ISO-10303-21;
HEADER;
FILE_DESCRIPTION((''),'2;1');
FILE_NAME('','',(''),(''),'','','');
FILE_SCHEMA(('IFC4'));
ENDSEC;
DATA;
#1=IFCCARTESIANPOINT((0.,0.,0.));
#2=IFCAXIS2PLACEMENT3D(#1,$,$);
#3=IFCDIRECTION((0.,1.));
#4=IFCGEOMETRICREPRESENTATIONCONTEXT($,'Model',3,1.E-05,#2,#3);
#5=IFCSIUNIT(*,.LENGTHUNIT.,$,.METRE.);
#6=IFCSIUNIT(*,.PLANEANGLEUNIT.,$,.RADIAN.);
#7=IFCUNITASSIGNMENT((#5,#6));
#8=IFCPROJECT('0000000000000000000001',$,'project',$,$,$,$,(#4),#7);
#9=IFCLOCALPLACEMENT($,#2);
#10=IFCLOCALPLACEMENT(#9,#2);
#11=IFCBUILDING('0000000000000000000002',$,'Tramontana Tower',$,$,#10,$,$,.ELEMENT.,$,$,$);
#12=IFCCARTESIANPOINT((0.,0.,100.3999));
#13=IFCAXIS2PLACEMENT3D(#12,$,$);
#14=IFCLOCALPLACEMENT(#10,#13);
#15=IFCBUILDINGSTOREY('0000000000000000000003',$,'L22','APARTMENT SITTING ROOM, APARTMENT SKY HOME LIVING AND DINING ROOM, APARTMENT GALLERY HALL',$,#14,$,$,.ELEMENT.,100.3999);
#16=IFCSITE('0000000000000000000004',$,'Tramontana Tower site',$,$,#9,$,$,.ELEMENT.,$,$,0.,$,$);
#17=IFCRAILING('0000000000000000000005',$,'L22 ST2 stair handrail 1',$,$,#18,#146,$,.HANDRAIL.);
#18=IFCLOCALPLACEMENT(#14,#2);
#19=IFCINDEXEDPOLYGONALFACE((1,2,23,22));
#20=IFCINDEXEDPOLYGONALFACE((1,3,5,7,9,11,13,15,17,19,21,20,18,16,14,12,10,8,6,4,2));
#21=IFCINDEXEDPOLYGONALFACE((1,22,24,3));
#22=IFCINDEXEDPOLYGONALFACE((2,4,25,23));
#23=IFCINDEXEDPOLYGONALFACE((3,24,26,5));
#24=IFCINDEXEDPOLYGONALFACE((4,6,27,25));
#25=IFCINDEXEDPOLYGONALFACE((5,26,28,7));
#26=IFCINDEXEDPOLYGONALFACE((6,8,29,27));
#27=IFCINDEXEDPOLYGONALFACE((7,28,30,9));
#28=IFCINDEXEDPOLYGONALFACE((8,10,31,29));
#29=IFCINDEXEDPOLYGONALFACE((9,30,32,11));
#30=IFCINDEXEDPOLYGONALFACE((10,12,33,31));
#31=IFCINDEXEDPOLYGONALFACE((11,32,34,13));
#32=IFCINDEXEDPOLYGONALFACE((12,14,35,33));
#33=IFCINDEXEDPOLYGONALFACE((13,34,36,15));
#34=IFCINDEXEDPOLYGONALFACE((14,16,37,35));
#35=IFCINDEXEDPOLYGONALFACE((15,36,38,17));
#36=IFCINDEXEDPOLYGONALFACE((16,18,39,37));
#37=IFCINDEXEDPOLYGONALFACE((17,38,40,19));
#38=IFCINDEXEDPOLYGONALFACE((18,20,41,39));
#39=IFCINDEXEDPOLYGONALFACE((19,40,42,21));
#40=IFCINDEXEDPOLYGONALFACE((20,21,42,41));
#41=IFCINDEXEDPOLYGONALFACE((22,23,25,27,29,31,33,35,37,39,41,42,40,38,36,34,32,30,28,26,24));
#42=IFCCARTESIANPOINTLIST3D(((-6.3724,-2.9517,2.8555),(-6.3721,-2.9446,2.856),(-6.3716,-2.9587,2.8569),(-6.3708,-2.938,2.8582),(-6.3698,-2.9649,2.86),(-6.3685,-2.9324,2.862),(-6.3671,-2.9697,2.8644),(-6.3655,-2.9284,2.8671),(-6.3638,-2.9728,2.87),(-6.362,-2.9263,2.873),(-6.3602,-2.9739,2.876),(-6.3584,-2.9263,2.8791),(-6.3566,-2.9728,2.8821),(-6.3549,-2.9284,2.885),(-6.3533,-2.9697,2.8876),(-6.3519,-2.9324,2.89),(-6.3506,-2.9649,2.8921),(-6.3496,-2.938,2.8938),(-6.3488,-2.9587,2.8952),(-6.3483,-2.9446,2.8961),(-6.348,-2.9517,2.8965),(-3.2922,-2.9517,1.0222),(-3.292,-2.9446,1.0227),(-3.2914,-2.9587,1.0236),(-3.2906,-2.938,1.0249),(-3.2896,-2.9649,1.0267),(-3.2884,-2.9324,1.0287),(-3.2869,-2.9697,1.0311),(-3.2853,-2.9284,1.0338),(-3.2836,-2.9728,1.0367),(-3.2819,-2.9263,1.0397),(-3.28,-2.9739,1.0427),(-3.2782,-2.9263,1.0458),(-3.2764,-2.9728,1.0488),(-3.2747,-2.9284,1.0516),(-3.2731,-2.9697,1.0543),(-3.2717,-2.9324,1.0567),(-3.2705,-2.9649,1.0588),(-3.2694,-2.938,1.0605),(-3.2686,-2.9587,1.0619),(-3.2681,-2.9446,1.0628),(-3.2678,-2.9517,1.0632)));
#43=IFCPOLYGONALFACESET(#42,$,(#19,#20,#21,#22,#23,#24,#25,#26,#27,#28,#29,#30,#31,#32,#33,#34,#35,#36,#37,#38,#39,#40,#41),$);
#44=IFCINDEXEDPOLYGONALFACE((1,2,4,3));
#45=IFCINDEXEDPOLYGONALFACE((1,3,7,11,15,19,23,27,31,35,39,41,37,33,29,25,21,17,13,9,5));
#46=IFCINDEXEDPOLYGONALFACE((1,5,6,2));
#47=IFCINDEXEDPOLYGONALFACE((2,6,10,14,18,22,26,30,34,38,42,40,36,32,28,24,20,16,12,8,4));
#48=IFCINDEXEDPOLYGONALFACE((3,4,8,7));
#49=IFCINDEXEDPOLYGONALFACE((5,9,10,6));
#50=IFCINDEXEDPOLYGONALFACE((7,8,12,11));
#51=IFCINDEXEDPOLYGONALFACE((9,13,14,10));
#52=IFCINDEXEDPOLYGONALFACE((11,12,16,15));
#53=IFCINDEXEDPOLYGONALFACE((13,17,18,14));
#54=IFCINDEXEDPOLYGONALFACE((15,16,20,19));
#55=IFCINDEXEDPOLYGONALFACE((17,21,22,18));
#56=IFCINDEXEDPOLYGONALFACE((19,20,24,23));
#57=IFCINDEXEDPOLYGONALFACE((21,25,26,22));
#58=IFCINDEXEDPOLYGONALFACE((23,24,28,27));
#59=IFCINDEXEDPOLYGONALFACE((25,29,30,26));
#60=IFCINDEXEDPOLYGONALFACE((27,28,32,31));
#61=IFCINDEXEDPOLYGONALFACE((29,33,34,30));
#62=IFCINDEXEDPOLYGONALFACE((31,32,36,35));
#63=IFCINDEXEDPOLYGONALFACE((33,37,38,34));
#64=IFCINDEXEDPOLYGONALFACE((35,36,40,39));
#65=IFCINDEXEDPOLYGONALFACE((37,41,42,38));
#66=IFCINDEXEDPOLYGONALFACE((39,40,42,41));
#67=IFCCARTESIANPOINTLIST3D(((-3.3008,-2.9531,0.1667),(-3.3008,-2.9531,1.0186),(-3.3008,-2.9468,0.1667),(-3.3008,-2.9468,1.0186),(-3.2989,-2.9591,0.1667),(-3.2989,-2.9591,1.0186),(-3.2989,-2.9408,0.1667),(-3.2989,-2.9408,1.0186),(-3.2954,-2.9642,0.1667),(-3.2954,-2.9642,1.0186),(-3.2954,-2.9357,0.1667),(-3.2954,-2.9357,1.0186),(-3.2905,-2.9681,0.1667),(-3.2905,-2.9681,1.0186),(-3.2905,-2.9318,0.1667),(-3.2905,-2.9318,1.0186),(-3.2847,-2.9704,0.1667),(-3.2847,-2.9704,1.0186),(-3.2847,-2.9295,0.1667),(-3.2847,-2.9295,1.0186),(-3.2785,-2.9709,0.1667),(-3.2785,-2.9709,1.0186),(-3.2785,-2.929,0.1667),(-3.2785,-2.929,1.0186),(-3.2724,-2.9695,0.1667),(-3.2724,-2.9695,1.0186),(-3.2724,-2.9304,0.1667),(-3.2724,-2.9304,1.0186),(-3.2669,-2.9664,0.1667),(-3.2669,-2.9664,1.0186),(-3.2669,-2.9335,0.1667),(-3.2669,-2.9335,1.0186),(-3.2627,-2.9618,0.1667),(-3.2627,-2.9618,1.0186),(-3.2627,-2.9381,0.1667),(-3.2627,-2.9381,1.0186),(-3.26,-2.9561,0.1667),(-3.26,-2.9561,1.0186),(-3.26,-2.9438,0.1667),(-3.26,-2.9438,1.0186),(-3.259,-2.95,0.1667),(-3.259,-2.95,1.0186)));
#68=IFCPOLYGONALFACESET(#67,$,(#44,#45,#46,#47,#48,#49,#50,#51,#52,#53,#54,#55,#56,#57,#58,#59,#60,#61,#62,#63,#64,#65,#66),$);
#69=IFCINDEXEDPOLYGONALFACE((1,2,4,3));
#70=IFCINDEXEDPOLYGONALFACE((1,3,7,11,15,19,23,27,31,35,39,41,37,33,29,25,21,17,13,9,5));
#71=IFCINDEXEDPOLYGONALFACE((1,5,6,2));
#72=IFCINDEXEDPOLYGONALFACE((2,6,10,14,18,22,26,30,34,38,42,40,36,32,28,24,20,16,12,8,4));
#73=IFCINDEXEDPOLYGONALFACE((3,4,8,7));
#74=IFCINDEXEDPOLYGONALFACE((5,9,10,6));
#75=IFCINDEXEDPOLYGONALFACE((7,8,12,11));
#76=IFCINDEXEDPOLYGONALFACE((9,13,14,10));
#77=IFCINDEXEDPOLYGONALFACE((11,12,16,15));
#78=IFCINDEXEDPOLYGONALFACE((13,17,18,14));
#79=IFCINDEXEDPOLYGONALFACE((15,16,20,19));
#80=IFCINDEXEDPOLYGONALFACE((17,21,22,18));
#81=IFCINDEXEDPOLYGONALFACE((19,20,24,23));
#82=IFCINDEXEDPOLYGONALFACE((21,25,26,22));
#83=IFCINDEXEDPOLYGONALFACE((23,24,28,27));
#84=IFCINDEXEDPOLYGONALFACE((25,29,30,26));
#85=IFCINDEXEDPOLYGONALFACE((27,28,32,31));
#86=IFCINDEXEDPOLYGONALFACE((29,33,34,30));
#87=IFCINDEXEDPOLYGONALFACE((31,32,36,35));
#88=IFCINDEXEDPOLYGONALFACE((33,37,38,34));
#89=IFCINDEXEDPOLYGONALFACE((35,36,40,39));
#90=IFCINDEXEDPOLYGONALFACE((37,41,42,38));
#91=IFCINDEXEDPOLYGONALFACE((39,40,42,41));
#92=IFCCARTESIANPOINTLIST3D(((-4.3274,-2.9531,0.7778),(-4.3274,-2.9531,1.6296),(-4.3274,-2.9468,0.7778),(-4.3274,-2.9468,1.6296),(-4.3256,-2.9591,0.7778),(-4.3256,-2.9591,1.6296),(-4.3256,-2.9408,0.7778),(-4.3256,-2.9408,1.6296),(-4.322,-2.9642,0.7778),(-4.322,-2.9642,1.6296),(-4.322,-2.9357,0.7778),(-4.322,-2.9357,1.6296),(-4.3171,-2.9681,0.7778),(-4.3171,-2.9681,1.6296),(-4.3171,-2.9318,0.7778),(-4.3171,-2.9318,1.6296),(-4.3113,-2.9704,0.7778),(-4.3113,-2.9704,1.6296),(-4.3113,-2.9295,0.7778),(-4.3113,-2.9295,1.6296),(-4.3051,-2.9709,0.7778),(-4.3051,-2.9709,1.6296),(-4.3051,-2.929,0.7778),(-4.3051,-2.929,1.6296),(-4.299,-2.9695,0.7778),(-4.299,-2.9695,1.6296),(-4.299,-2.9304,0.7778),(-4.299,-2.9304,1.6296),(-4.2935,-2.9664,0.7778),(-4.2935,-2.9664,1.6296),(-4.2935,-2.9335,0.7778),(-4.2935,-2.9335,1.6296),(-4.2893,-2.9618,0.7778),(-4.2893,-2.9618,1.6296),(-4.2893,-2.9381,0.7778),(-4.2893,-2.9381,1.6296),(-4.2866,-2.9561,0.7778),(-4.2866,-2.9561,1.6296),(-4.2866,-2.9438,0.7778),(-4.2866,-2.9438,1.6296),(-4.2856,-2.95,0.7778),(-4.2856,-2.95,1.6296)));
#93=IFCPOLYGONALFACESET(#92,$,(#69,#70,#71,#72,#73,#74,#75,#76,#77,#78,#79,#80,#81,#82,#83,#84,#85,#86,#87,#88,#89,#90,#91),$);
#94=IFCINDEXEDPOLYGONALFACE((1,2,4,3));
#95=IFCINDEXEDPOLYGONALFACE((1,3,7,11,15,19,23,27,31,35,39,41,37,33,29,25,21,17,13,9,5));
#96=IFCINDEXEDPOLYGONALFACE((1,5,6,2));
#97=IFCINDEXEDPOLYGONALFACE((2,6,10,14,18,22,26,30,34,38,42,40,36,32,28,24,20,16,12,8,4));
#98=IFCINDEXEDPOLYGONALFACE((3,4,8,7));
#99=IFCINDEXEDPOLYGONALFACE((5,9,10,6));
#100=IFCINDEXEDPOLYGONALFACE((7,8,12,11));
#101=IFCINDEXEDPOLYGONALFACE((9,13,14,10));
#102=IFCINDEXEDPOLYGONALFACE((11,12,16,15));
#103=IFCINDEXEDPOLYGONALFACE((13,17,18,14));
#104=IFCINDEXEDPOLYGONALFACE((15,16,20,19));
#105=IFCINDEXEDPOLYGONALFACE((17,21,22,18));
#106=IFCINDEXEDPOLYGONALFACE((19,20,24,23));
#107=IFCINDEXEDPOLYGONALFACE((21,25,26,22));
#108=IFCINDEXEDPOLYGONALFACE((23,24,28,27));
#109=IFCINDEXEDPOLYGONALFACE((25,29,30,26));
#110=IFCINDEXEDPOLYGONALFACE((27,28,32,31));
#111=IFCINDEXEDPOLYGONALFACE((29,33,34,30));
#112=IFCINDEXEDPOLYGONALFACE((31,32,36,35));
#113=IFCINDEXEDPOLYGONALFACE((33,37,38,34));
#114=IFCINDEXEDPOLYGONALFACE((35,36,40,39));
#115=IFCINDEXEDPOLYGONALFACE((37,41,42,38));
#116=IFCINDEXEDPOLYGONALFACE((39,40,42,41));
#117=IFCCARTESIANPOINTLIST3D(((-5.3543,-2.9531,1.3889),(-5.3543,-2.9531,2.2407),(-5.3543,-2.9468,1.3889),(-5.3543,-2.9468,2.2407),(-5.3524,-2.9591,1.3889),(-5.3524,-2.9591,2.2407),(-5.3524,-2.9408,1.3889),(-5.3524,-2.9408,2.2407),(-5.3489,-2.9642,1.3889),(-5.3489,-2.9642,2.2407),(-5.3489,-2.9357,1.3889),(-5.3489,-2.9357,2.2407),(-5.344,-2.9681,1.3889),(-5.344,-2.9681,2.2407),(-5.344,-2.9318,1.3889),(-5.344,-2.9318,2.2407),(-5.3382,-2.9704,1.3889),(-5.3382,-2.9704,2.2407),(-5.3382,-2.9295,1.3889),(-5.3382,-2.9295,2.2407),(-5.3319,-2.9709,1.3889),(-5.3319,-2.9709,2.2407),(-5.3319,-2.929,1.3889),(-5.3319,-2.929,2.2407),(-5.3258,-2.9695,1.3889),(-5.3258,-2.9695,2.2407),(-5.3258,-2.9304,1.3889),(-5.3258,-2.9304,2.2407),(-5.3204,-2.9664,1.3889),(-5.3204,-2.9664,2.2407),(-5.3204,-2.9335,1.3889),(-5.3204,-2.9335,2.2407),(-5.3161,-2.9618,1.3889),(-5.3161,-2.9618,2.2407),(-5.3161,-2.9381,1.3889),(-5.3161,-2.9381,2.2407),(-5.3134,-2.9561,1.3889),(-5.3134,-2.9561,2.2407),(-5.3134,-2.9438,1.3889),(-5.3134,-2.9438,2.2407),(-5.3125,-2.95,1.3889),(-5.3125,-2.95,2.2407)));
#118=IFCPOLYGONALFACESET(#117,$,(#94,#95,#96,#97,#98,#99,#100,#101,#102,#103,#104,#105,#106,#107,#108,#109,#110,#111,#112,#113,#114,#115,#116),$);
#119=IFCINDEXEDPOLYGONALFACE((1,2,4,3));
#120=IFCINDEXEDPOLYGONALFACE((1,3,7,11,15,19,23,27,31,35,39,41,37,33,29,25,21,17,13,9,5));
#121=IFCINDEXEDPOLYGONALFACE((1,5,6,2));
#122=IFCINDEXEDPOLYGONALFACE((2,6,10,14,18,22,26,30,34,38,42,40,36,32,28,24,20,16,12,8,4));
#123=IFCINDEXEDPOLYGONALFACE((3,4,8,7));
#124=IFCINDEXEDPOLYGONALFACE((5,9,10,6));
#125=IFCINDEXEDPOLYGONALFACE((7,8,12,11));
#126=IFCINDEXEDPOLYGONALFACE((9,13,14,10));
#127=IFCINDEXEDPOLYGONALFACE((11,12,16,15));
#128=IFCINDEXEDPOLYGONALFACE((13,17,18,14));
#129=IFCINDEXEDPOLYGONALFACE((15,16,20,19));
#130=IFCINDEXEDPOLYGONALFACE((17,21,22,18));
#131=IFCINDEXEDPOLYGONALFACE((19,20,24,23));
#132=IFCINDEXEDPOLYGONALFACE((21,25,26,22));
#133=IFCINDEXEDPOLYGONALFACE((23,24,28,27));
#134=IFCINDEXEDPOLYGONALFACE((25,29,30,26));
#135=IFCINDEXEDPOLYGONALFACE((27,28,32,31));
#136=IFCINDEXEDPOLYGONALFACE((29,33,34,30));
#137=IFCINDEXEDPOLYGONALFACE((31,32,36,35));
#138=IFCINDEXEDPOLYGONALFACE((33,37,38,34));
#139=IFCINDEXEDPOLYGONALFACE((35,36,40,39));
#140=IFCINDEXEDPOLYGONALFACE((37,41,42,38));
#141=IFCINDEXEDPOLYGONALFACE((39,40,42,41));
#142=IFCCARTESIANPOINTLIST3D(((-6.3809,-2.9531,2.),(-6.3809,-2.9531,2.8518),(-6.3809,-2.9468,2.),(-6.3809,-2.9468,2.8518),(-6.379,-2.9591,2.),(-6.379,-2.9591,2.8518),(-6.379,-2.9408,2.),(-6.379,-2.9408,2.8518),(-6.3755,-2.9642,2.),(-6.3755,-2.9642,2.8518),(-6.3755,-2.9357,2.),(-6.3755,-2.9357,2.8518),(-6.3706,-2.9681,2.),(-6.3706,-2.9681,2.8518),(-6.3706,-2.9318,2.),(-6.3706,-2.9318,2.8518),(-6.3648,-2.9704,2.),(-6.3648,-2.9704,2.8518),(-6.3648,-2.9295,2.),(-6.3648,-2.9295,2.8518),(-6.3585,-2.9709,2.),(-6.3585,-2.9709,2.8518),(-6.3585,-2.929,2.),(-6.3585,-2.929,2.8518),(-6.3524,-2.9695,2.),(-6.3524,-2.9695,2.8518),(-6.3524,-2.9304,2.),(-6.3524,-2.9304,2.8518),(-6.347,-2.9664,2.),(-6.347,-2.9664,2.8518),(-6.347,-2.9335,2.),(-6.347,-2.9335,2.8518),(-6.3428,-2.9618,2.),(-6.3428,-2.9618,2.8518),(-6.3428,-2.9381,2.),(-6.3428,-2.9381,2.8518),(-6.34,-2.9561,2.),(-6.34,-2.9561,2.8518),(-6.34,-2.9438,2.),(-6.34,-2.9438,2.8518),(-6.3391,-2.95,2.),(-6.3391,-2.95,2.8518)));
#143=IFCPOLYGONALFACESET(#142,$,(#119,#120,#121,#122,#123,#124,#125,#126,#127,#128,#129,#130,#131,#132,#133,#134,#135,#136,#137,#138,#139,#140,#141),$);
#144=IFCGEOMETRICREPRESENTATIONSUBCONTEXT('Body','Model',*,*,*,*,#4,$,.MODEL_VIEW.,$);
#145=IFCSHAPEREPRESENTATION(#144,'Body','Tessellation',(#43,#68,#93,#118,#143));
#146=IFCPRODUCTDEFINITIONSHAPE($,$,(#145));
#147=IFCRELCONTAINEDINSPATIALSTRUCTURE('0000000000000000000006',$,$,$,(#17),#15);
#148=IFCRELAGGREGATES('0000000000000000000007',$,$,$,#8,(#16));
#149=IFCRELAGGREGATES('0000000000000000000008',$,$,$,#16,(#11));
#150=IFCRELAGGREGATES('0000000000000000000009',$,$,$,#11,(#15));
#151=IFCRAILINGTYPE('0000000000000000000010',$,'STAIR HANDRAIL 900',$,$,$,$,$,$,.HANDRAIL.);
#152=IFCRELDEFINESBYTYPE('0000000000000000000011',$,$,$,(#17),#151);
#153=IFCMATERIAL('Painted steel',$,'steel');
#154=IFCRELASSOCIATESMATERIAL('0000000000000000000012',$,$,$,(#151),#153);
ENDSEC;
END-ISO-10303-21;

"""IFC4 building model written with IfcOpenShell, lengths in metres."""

from ifc_helpers import new_model, si_unit, direction, frame, origin, origin_2d, place, context, subcontext, project, spatial, circle, extrude, material, type_object, element, save


model = new_model("IFC4")

# Units and contexts
model_context = context("Model", 3, precision=1e-05, world=origin(), true_north=direction((0.0, 1.0)))
body_context = subcontext(model_context, "Body", "Model", "MODEL_VIEW")
ifc_project = project(units=[si_unit("LENGTHUNIT", "METRE"), si_unit("PLANEANGLEUNIT", "RADIAN")], contexts=[model_context])

# Site, building, storey
site_placement = place(None, origin())
site = spatial("IfcSite", under=ifc_project, at=site_placement, Name="Tramontana Tower site", CompositionType="ELEMENT", RefElevation=0.0)
building_placement = place(site_placement, origin())
building = spatial("IfcBuilding", under=site, at=building_placement, Name="Tramontana Tower", CompositionType="ELEMENT")
storey_placement = place(building_placement, frame((0.0, 0.0, 100.3999)))
storey = spatial("IfcBuildingStorey", under=building, at=storey_placement, Name="L22", Description="APARTMENT SITTING ROOM, APARTMENT SKY HOME LIVING AND DINING ROOM, APARTMENT GALLERY HALL", CompositionType="ELEMENT", Elevation=100.3999)

# Railing
ifc_material_1 = material(Name="Painted steel", Category="steel")
railing_type_1 = type_object("IfcRailingType", Name="STAIR HANDRAIL 900", PredefinedType="HANDRAIL", material=ifc_material_1)
railing_1_placement = place(storey_placement, frame((-3.28, -2.95, 0.1667)))
element("IfcRailing", 1, at=railing_1_placement, inside=storey, type_object=railing_type_1, Name="L22 ST2 stair handrail 1", PredefinedType="HANDRAIL", context=body_context, shape_type="SweptSolid", body=[
    extrude(circle(Radius=0.0239, at=origin_2d()), frame((0.0, 0.0, 0.876), z_axis=(-0.859309, 0.0, 0.511458), x_axis=(0.0, -1.0, 0.0)), (0.0, 0.0, 1.0), 3.5845),
    extrude(circle(Radius=0.021, at=origin_2d()), origin(), (0.0, 0.0, 1.0), 0.8518),
    extrude(circle(Radius=0.021, at=origin_2d()), frame((-1.0266, 0.0, 0.6111)), (0.0, 0.0, 1.0), 0.8518),
    extrude(circle(Radius=0.021, at=origin_2d()), frame((-2.0535, 0.0, 1.2222)), (0.0, 0.0, 1.0), 0.8518),
    extrude(circle(Radius=0.021, at=origin_2d()), frame((-3.0801, 0.0, 1.8333)), (0.0, 0.0, 1.0), 0.8518),
])

save(model, "model.ifc")
